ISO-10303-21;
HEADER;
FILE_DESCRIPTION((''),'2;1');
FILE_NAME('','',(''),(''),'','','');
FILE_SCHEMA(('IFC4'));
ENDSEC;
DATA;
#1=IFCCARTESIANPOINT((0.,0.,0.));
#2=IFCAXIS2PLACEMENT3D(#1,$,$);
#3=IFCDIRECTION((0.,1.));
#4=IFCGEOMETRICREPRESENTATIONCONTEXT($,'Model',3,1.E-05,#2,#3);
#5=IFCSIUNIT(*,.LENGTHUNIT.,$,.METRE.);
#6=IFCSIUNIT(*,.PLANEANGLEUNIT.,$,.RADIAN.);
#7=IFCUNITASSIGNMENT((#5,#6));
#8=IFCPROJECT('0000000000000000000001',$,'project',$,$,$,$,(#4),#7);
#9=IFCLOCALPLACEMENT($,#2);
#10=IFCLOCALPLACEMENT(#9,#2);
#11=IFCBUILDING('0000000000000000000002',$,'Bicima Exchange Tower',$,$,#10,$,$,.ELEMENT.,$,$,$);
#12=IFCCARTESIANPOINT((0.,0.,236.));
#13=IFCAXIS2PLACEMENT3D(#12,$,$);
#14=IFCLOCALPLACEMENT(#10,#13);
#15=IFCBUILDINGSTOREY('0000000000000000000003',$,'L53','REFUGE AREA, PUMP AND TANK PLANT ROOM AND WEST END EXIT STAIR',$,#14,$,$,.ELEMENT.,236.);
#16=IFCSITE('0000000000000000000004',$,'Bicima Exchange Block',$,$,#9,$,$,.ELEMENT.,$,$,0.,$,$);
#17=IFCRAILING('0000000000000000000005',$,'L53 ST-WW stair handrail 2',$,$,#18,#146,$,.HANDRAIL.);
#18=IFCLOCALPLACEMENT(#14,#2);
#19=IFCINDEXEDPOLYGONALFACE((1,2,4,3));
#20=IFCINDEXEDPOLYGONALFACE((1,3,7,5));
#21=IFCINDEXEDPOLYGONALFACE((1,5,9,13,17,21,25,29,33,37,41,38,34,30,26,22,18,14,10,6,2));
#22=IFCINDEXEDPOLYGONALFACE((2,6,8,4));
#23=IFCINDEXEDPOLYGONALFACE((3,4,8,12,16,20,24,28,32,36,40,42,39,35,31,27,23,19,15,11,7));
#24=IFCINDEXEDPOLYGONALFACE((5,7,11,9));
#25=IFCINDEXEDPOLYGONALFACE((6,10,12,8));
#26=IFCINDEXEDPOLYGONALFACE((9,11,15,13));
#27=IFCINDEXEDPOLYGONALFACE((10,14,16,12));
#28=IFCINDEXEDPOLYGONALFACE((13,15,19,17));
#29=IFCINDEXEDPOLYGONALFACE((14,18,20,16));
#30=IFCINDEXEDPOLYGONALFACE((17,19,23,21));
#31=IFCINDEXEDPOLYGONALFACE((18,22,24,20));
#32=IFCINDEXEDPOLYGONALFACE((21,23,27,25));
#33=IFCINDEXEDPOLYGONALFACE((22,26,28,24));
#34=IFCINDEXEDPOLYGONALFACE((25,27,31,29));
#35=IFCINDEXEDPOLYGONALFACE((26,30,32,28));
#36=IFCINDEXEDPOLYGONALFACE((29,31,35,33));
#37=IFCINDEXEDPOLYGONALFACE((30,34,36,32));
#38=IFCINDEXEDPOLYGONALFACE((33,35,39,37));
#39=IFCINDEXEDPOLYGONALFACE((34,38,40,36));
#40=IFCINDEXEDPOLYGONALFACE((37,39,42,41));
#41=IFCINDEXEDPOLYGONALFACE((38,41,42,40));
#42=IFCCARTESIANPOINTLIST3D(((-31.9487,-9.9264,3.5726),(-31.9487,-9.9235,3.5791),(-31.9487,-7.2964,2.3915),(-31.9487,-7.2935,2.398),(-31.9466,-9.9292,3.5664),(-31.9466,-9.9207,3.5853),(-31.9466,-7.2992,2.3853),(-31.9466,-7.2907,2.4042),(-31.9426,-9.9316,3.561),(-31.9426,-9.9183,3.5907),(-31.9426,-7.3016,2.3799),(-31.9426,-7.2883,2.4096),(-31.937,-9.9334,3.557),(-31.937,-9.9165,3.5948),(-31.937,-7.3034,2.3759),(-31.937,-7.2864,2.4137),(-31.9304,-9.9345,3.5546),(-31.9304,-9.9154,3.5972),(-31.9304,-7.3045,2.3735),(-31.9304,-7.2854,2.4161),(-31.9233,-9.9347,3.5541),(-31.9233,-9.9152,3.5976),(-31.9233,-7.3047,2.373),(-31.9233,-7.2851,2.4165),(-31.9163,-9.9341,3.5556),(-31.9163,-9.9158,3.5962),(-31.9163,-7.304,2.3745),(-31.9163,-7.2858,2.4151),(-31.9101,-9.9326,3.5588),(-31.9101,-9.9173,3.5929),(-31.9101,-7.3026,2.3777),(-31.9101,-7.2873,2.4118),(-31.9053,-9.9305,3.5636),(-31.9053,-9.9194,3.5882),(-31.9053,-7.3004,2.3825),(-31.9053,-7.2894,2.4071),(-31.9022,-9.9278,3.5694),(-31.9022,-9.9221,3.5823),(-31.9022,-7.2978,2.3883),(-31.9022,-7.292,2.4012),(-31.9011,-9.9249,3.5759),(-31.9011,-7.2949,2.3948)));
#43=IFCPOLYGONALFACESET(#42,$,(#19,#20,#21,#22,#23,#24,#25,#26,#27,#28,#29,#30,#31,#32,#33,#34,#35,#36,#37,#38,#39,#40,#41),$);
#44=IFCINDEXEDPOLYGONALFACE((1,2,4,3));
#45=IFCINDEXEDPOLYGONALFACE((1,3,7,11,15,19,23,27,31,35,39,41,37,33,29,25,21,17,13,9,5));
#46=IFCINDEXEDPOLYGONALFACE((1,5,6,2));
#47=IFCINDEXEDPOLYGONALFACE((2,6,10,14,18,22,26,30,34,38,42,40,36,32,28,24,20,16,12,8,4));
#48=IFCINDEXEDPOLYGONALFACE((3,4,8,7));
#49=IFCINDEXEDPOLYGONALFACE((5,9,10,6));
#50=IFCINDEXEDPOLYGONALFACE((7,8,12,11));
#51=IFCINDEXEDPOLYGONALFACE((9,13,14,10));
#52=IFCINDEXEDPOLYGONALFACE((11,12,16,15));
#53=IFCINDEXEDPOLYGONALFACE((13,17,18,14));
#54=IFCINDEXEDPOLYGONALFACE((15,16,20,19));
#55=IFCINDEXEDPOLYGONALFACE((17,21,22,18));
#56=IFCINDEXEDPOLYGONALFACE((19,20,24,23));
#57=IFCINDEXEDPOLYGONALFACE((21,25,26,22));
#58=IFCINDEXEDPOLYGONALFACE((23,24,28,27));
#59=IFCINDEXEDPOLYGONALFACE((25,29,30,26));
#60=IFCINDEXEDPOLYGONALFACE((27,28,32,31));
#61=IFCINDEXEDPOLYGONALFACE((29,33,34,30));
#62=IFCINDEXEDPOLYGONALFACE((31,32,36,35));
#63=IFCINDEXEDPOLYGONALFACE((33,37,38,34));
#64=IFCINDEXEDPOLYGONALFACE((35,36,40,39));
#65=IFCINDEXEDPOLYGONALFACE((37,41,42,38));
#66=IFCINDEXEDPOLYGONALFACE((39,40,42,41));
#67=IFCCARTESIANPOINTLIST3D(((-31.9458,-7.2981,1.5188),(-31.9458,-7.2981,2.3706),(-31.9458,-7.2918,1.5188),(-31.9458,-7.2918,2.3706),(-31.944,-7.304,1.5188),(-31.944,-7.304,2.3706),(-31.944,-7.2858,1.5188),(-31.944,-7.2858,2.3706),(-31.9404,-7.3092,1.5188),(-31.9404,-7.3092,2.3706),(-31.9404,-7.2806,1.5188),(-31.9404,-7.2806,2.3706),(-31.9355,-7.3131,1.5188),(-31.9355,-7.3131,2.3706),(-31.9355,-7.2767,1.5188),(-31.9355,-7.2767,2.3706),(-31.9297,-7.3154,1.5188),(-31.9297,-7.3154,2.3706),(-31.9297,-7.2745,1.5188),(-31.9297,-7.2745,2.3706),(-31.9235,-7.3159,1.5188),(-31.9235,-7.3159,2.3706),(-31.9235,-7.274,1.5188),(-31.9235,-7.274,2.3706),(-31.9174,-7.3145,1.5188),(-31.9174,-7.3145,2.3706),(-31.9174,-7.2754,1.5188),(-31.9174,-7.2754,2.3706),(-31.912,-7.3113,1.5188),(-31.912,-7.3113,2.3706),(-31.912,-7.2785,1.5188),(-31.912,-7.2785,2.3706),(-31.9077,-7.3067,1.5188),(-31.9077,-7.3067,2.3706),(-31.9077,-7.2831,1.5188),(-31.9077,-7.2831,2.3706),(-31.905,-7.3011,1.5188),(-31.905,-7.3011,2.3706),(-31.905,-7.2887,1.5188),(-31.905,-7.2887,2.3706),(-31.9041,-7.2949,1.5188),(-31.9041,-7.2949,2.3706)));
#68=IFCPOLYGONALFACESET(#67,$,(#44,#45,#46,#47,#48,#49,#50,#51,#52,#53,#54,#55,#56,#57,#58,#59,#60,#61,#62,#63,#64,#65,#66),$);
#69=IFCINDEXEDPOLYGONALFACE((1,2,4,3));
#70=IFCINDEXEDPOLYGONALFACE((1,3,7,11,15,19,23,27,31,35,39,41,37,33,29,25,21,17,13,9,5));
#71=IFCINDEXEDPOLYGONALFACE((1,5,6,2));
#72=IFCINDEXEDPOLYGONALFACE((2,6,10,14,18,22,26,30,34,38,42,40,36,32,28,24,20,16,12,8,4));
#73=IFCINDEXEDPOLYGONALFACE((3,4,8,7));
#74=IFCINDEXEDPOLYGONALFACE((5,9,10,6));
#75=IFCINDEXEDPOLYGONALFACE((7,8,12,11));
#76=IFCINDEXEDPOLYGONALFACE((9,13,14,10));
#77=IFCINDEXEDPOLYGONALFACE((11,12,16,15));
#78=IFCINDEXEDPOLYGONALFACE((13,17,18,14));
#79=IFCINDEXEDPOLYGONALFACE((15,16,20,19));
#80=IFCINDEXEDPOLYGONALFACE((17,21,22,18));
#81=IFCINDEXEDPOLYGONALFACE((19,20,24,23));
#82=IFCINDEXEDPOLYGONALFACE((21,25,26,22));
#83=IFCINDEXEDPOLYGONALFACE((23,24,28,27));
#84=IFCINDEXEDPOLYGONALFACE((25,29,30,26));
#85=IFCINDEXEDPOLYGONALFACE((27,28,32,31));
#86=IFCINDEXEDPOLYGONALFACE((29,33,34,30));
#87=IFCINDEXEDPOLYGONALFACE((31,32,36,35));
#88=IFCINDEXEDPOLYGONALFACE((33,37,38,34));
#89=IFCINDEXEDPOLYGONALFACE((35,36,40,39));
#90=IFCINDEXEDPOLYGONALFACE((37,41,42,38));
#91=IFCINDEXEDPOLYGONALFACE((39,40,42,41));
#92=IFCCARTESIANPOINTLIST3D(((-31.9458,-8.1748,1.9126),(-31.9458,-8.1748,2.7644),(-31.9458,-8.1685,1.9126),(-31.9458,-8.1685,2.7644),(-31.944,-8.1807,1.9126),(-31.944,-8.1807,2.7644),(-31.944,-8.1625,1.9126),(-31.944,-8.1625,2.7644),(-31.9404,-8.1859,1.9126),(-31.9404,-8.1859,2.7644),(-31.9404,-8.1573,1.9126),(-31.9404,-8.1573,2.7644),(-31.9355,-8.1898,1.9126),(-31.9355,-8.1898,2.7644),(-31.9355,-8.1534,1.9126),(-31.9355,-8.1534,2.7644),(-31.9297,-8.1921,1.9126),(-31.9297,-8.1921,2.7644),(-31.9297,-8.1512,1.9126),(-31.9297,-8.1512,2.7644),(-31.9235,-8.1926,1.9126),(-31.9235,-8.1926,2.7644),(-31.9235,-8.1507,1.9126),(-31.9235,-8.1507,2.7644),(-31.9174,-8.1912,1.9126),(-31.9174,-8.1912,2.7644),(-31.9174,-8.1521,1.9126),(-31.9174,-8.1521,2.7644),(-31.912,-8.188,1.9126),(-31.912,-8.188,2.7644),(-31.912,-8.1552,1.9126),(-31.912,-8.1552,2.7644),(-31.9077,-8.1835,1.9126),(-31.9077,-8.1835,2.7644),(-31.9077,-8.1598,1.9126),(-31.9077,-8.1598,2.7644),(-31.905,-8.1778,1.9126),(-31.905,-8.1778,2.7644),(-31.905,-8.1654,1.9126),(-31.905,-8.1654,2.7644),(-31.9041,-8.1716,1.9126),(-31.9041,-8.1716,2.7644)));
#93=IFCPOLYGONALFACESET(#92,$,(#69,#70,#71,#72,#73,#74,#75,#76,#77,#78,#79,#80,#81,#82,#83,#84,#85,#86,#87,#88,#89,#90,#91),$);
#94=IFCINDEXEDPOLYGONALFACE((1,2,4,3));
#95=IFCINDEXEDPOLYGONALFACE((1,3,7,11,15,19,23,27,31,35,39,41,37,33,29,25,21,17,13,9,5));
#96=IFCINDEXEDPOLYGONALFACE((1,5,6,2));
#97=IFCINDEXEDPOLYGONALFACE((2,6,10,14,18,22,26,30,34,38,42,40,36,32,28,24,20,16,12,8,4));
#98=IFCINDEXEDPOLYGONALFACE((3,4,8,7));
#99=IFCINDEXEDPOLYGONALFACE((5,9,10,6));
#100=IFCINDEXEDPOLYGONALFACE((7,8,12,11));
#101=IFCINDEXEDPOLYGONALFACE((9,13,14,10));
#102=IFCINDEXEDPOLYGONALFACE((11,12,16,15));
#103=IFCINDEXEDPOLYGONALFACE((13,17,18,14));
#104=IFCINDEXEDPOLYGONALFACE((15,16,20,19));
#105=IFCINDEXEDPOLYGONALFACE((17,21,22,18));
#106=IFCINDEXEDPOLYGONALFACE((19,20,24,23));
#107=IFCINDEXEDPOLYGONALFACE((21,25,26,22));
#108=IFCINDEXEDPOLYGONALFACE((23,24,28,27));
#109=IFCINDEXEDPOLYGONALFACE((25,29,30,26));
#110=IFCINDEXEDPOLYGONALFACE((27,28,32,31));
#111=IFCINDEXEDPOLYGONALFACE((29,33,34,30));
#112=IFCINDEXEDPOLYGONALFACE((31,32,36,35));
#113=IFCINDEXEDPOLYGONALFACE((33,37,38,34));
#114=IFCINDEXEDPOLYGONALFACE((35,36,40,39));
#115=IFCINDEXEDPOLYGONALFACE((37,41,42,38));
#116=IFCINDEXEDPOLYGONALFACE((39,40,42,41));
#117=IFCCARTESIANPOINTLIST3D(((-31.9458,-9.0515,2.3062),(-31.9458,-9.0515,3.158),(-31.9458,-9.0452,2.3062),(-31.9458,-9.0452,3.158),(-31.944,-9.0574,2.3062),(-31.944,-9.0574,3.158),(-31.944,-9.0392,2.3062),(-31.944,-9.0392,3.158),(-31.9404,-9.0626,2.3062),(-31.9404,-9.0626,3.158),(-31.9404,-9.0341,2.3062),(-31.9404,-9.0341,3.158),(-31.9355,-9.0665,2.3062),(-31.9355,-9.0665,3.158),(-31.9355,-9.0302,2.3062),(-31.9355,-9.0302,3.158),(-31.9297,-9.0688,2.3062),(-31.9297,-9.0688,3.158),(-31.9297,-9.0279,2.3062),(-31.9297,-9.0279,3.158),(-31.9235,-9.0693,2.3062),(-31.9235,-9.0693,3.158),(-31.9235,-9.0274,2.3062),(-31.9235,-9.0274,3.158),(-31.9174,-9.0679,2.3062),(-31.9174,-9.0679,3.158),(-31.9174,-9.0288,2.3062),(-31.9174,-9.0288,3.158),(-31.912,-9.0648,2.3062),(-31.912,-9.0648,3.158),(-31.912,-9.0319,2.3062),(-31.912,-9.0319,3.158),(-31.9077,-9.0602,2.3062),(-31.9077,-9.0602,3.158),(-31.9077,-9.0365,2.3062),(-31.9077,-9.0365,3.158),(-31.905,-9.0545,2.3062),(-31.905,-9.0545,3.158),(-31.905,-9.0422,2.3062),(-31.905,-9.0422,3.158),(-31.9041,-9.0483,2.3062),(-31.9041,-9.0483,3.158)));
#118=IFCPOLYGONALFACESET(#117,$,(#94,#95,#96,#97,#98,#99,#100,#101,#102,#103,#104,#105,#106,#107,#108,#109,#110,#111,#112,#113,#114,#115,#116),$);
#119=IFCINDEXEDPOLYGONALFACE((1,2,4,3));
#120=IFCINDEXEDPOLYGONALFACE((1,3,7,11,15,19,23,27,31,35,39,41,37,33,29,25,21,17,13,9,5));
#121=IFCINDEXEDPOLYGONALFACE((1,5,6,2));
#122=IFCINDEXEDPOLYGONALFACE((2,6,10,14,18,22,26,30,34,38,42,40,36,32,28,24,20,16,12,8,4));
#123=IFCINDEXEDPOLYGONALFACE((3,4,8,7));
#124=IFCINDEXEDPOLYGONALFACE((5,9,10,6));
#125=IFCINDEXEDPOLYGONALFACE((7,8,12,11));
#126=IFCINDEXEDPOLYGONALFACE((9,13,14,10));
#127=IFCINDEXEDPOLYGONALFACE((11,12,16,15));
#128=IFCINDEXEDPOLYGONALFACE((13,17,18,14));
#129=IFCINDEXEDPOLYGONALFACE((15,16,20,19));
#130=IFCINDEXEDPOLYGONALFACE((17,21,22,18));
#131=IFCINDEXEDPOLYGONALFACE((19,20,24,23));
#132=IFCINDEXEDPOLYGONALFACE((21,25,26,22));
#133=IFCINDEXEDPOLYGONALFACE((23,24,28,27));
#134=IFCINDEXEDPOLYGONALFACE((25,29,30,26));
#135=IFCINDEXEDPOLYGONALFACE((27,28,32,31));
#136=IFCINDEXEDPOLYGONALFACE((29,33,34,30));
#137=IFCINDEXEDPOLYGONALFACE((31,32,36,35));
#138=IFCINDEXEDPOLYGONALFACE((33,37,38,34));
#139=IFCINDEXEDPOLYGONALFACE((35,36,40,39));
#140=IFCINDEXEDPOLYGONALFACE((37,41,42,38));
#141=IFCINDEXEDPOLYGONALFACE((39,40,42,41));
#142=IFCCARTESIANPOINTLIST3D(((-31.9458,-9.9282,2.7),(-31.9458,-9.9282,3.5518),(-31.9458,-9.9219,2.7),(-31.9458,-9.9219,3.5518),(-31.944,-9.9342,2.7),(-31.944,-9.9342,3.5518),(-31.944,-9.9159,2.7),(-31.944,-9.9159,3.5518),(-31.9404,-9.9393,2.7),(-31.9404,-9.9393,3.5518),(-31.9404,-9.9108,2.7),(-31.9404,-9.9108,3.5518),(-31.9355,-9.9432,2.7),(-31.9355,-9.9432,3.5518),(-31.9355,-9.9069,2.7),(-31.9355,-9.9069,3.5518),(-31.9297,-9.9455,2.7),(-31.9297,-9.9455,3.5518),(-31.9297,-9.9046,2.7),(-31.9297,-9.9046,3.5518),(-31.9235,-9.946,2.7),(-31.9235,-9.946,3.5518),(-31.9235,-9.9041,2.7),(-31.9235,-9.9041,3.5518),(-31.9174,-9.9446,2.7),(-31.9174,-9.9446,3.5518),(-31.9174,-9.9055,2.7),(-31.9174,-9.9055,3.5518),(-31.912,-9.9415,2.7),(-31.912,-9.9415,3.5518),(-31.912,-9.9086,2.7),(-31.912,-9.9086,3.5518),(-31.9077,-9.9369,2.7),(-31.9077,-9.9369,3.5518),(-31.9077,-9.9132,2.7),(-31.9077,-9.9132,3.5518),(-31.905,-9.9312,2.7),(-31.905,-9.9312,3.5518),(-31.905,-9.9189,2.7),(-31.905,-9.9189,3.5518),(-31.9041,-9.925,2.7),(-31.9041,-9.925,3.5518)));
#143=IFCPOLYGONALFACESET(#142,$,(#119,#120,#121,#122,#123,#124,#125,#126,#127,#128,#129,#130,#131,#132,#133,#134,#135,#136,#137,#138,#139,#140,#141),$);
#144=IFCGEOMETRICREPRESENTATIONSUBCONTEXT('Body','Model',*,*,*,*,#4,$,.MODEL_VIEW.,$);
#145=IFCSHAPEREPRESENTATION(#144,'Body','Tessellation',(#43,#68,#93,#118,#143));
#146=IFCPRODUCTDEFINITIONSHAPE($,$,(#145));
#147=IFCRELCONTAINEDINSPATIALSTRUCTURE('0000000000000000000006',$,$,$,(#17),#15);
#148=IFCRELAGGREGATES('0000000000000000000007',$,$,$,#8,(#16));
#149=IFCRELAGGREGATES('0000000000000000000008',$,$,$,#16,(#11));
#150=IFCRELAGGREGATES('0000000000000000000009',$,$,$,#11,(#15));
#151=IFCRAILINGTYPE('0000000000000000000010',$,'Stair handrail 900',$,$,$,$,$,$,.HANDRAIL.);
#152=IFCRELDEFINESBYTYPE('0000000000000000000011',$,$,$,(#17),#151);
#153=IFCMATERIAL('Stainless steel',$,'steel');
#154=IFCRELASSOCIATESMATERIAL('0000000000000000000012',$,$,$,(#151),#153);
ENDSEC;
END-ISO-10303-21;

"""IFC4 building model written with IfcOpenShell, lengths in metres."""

from ifc_helpers import new_model, si_unit, direction, frame, origin, origin_2d, place, context, subcontext, project, spatial, circle, extrude, material, type_object, element, save


model = new_model("IFC4")

# Units and contexts
model_context = context("Model", 3, precision=1e-05, world=origin(), true_north=direction((0.0, 1.0)))
body_context = subcontext(model_context, "Body", "Model", "MODEL_VIEW")
ifc_project = project(units=[si_unit("LENGTHUNIT", "METRE"), si_unit("PLANEANGLEUNIT", "RADIAN")], contexts=[model_context])

# Site, building, storey
site_placement = place(None, origin())
site = spatial("IfcSite", under=ifc_project, at=site_placement, Name="Bicima Exchange Block", CompositionType="ELEMENT", RefElevation=0.0)
building_placement = place(site_placement, origin())
building = spatial("IfcBuilding", under=site, at=building_placement, Name="Bicima Exchange Tower", CompositionType="ELEMENT")
storey_placement = place(building_placement, frame((0.0, 0.0, 236.0)))
storey = spatial("IfcBuildingStorey", under=building, at=storey_placement, Name="L53", Description="REFUGE AREA, PUMP AND TANK PLANT ROOM AND WEST END EXIT STAIR", CompositionType="ELEMENT", Elevation=236.0)

# Railing
ifc_material_1 = material(Name="Stainless steel", Category="steel")
railing_type_1 = type_object("IfcRailingType", Name="Stair handrail 900", PredefinedType="HANDRAIL", material=ifc_material_1)
railing_1_placement = place(storey_placement, frame((-31.925, -7.2949, 1.5188)))
element("IfcRailing", 1, at=railing_1_placement, inside=storey, type_object=railing_type_1, Name="L53 ST-WW stair handrail 2", PredefinedType="HANDRAIL", context=body_context, shape_type="SweptSolid", body=[
    extrude(circle(Radius=0.0239, at=origin_2d()), frame((0.0, 0.0, 0.876), z_axis=(0.0, -0.912233, 0.409671), x_axis=(1.0, 0.0, 0.0)), (0.0, 0.0, 1.0), 2.8831),
    extrude(circle(Radius=0.021, at=origin_2d()), origin(), (0.0, 0.0, 1.0), 0.8518),
    extrude(circle(Radius=0.021, at=origin_2d()), frame((0.0, -0.8767, 0.3938)), (0.0, 0.0, 1.0), 0.8518),
    extrude(circle(Radius=0.021, at=origin_2d()), frame((0.0, -1.7534, 0.7874)), (0.0, 0.0, 1.0), 0.8518),
    extrude(circle(Radius=0.021, at=origin_2d()), frame((0.0, -2.6301, 1.1812)), (0.0, 0.0, 1.0), 0.8518),
])

save(model, "model.ifc")
